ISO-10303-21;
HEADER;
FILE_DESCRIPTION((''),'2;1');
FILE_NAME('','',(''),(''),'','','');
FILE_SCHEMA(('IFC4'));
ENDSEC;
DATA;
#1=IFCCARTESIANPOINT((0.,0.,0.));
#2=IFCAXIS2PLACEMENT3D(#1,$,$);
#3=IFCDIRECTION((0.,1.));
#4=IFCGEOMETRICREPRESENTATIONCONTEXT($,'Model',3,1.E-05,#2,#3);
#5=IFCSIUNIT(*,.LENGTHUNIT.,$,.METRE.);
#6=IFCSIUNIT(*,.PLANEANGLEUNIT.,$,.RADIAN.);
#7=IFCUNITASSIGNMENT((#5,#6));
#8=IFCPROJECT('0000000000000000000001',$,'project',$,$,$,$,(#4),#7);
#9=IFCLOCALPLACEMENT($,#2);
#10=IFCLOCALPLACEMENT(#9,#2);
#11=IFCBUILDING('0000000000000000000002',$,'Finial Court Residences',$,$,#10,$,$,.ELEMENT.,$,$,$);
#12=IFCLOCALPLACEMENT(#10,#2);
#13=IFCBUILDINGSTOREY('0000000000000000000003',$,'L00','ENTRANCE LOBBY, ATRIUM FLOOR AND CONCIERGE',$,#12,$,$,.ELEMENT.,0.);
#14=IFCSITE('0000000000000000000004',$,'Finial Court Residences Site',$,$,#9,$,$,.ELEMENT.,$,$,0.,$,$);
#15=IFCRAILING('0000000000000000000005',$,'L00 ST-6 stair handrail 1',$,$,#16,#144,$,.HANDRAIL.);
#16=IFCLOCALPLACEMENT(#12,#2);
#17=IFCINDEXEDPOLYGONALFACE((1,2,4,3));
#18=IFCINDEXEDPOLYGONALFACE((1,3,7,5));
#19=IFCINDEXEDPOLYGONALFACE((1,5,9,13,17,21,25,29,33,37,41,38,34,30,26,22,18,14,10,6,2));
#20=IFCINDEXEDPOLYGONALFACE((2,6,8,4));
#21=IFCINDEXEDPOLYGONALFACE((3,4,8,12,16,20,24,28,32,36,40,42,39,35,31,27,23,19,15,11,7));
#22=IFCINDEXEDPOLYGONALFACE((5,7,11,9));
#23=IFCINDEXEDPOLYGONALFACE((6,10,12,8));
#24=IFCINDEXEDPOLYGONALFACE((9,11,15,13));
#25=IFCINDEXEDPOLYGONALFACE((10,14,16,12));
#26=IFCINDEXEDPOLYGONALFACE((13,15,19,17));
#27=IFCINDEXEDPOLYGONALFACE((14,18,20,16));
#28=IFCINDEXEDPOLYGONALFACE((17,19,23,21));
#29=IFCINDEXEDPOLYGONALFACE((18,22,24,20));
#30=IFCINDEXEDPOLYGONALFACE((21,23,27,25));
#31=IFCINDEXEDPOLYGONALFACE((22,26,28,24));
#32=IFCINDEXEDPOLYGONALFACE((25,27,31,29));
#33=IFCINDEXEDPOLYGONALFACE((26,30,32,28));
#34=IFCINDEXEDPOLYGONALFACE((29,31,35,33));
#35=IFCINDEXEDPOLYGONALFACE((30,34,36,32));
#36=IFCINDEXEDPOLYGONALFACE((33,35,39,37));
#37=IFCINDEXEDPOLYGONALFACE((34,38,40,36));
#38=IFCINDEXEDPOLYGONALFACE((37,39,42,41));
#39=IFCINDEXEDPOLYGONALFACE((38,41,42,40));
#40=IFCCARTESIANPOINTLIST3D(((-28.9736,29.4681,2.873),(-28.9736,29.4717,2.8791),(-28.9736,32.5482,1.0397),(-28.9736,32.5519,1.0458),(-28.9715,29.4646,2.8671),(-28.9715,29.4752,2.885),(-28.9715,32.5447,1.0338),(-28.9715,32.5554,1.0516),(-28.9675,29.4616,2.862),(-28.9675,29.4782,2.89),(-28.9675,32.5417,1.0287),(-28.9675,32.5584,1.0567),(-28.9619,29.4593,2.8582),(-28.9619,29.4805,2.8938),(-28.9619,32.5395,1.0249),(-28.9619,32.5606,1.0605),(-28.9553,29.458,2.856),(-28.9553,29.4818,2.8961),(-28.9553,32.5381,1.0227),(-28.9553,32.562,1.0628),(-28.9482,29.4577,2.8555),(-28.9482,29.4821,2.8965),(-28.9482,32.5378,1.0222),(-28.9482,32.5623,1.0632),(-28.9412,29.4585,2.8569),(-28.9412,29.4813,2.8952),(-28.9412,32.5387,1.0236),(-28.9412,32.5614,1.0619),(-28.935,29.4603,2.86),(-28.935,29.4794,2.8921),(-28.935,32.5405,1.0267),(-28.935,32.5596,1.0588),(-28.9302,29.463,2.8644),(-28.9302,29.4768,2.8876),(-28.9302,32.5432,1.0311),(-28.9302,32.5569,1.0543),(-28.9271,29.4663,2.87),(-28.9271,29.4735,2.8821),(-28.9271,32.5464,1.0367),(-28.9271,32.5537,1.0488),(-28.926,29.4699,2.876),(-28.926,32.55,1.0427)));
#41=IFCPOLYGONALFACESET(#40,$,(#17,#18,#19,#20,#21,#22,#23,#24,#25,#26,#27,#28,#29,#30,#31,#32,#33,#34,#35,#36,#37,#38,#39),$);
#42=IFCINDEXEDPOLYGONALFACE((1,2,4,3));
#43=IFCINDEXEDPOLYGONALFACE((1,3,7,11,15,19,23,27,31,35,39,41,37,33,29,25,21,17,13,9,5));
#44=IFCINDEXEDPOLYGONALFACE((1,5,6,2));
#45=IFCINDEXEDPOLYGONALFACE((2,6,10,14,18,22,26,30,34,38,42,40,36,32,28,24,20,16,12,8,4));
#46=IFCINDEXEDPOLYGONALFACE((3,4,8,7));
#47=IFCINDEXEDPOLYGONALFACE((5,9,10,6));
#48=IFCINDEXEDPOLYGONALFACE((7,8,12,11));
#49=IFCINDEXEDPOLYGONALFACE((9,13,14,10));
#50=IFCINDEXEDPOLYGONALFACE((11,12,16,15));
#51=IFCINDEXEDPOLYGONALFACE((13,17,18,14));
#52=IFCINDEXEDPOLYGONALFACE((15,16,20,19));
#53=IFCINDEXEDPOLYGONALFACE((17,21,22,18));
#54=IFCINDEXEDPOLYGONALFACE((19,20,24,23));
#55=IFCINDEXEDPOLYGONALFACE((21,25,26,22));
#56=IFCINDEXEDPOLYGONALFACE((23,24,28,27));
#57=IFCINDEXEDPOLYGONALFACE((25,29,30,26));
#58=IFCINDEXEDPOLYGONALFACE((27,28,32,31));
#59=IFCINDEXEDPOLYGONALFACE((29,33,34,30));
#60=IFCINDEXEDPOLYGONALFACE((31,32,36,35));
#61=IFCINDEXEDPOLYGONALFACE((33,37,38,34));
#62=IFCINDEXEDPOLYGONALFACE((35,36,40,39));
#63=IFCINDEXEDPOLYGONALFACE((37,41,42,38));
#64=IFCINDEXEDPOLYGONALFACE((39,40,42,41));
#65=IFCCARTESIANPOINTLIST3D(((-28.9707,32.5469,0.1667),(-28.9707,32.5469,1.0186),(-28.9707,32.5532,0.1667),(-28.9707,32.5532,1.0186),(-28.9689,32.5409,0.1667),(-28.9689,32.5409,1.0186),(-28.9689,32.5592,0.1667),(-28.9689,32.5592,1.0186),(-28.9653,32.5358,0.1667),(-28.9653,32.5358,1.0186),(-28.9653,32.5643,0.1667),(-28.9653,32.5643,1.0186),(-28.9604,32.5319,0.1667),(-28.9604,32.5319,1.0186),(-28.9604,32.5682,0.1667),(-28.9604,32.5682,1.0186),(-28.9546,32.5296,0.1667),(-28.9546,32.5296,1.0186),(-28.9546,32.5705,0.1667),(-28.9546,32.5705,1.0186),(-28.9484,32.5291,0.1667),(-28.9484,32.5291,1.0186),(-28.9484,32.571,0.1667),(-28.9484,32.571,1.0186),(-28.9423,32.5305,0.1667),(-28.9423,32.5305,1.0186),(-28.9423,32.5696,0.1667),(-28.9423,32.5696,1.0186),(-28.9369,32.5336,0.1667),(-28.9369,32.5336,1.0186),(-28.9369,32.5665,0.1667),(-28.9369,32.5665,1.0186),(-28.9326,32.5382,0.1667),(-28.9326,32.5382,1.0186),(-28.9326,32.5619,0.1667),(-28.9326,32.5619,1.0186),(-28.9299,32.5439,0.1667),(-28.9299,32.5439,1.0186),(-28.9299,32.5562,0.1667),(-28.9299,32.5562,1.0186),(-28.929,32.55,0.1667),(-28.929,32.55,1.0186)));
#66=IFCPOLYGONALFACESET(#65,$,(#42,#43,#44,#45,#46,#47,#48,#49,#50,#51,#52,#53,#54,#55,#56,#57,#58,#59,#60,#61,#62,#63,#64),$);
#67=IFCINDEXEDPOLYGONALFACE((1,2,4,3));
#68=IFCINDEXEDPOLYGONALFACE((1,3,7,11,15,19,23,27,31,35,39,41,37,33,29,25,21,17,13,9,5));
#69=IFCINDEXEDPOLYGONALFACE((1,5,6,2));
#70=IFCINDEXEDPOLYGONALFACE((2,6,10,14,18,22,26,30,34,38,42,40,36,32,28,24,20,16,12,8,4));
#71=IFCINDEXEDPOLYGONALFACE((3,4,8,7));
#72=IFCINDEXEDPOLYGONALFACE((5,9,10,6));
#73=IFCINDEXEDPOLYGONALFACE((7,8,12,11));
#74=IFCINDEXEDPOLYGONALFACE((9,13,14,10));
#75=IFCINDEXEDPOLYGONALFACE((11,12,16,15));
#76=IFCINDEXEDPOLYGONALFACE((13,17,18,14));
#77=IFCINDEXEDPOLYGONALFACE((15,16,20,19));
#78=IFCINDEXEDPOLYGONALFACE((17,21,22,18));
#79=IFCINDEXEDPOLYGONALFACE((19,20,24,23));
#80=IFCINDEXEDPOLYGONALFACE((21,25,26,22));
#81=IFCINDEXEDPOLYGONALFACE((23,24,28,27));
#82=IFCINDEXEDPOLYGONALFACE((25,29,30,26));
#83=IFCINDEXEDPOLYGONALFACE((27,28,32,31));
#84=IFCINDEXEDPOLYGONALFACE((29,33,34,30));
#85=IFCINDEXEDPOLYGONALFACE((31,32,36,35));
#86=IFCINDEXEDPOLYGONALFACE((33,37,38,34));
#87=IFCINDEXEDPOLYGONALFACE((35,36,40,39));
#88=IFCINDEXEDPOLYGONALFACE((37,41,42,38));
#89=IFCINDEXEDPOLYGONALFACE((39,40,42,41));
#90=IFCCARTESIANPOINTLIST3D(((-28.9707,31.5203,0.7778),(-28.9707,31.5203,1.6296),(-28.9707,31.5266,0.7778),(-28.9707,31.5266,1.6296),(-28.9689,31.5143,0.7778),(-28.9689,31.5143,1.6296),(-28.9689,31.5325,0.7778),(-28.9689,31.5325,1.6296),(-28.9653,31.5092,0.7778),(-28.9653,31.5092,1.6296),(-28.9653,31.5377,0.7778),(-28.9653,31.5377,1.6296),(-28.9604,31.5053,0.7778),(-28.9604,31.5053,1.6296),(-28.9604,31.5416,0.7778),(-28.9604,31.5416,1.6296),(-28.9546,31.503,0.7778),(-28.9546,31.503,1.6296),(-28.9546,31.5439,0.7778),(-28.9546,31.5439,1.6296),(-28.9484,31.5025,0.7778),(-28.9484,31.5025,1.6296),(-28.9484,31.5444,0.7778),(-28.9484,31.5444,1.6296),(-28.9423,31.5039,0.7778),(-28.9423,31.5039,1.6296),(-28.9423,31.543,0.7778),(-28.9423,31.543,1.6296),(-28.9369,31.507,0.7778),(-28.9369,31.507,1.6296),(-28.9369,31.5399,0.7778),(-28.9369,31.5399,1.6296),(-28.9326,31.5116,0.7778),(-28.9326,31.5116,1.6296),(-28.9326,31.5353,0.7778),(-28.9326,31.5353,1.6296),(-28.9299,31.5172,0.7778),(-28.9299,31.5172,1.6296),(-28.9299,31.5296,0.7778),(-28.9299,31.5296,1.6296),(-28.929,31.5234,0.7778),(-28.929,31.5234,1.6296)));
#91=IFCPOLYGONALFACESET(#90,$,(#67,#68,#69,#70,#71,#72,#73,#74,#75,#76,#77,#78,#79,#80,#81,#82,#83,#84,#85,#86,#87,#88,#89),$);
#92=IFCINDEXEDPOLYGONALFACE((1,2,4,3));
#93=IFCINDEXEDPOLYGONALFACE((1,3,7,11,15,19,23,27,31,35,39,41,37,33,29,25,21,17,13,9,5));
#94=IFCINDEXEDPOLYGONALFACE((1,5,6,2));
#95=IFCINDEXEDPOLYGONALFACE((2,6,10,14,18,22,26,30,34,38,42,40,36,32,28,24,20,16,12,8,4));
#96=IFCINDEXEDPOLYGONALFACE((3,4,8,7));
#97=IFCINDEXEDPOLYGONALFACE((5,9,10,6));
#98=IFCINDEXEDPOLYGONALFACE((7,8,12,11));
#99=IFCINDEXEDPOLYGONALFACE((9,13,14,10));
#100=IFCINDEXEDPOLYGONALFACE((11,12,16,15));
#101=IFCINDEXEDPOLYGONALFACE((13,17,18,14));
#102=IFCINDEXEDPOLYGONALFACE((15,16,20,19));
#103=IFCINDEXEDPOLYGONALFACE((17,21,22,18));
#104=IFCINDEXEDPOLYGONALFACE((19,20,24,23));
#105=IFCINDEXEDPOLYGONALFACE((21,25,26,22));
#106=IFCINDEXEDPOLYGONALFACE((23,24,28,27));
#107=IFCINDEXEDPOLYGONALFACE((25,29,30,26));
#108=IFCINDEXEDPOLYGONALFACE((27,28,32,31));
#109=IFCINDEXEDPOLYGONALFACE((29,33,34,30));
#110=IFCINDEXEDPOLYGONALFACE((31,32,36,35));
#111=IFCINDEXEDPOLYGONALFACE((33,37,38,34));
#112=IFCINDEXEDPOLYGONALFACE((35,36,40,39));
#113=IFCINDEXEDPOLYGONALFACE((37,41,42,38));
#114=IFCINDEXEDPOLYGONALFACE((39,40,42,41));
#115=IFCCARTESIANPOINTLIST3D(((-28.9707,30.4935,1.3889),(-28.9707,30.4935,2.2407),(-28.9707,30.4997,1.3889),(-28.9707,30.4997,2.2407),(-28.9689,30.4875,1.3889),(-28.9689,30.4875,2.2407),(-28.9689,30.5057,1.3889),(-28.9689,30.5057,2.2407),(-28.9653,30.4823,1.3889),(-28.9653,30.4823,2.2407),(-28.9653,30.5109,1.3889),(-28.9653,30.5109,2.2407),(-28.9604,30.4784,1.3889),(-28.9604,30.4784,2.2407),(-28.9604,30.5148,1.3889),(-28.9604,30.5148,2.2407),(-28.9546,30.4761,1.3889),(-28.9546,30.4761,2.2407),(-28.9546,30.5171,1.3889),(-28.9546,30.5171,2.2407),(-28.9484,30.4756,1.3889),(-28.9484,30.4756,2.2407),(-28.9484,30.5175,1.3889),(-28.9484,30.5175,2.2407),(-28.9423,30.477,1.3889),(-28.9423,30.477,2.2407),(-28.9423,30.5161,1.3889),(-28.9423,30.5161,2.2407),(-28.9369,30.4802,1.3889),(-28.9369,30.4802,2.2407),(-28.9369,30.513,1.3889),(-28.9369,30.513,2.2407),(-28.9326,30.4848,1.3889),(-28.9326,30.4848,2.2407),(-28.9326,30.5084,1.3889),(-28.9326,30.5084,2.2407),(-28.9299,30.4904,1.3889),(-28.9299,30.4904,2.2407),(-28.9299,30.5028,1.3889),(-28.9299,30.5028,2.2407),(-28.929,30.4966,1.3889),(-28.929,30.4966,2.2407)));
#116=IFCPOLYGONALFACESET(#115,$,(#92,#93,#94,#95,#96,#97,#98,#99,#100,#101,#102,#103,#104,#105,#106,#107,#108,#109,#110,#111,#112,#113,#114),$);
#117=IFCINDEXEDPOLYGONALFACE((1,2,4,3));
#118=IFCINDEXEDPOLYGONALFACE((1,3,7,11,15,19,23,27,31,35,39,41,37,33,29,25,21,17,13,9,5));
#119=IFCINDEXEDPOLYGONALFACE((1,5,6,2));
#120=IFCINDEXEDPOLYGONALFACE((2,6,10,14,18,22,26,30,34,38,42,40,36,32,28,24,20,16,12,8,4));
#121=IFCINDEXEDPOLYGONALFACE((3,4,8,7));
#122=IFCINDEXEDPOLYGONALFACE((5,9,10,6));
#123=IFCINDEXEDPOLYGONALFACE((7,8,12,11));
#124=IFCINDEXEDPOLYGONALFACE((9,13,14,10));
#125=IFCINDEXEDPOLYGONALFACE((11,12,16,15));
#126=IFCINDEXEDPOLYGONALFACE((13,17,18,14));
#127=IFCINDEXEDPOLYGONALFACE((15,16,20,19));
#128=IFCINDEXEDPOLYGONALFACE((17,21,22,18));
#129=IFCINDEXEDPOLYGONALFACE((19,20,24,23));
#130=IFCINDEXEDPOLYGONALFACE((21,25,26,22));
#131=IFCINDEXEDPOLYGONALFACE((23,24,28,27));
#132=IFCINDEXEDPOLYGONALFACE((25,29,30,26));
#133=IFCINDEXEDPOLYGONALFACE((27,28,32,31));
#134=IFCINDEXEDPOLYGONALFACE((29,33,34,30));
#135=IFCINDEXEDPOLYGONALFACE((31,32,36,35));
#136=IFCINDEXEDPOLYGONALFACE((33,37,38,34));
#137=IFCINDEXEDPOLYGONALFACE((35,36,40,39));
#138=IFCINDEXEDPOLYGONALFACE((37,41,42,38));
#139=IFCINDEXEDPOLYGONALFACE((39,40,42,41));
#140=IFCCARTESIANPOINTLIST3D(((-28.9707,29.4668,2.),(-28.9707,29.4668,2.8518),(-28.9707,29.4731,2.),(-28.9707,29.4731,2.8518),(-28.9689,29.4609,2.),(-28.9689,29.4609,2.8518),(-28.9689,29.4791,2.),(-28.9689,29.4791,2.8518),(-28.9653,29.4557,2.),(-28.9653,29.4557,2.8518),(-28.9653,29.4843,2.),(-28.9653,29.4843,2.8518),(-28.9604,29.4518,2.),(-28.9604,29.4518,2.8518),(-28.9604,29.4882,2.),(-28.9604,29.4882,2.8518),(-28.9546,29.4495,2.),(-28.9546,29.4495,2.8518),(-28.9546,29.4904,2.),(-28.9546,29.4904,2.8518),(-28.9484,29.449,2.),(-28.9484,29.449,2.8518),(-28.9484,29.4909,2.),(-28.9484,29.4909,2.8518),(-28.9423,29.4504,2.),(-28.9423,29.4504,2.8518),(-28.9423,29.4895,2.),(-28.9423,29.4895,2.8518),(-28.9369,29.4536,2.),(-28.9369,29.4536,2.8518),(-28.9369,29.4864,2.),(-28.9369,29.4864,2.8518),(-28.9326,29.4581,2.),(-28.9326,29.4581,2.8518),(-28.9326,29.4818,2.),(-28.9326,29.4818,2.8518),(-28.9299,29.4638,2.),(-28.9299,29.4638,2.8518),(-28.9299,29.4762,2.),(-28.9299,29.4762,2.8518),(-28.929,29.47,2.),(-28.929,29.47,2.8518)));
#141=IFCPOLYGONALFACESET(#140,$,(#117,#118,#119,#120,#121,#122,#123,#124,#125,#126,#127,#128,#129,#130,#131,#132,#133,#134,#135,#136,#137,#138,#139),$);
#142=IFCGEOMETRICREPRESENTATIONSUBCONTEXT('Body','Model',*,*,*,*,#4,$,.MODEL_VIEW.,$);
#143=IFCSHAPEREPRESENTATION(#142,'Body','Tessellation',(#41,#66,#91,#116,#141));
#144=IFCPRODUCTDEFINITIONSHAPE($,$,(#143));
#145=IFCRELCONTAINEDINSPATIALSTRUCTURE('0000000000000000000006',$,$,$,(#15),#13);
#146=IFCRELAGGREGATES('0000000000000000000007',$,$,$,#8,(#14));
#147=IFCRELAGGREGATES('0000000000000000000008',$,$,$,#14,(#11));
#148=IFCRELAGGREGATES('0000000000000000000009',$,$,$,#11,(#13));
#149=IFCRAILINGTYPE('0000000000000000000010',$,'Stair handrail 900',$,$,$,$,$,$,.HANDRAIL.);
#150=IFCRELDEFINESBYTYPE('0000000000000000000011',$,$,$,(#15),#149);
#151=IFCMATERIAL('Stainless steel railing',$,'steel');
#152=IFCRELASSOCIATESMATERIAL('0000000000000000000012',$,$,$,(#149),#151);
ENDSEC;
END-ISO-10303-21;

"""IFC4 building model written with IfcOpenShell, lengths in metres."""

from ifc_helpers import new_model, si_unit, direction, frame, origin, origin_2d, place, context, subcontext, project, spatial, circle, extrude, material, type_object, element, save


model = new_model("IFC4")

# Units and contexts
model_context = context("Model", 3, precision=1e-05, world=origin(), true_north=direction((0.0, 1.0)))
body_context = subcontext(model_context, "Body", "Model", "MODEL_VIEW")
ifc_project = project(units=[si_unit("LENGTHUNIT", "METRE"), si_unit("PLANEANGLEUNIT", "RADIAN")], contexts=[model_context])

# Site, building, storey
site_placement = place(None, origin())
site = spatial("IfcSite", under=ifc_project, at=site_placement, Name="Finial Court Residences Site", CompositionType="ELEMENT", RefElevation=0.0)
building_placement = place(site_placement, origin())
building = spatial("IfcBuilding", under=site, at=building_placement, Name="Finial Court Residences", CompositionType="ELEMENT")
storey_placement = place(building_placement, origin())
storey = spatial("IfcBuildingStorey", under=building, at=storey_placement, Name="L00", Description="ENTRANCE LOBBY, ATRIUM FLOOR AND CONCIERGE", CompositionType="ELEMENT", Elevation=0.0)

# Railing
ifc_material_1 = material(Name="Stainless steel railing", Category="steel")
railing_type_1 = type_object("IfcRailingType", Name="Stair handrail 900", PredefinedType="HANDRAIL", material=ifc_material_1)
railing_1_placement = place(storey_placement, frame((-28.95, 32.55, 0.1667)))
element("IfcRailing", 1, at=railing_1_placement, inside=storey, type_object=railing_type_1, Name="L00 ST-6 stair handrail 1", PredefinedType="HANDRAIL", context=body_context, shape_type="SweptSolid", body=[
    extrude(circle(Radius=0.0239, at=origin_2d()), frame((0.0, 0.0, 0.876), z_axis=(0.0, -0.859309, 0.511458), x_axis=(1.0, 0.0, 0.0)), (0.0, 0.0, 1.0), 3.5845),
    extrude(circle(Radius=0.021, at=origin_2d()), origin(), (0.0, 0.0, 1.0), 0.8518),
    extrude(circle(Radius=0.021, at=origin_2d()), frame((0.0, -1.0266, 0.6111)), (0.0, 0.0, 1.0), 0.8518),
    extrude(circle(Radius=0.021, at=origin_2d()), frame((0.0, -2.0535, 1.2222)), (0.0, 0.0, 1.0), 0.8518),
    extrude(circle(Radius=0.021, at=origin_2d()), frame((0.0, -3.0801, 1.8333)), (0.0, 0.0, 1.0), 0.8518),
])

save(model, "model.ifc")
